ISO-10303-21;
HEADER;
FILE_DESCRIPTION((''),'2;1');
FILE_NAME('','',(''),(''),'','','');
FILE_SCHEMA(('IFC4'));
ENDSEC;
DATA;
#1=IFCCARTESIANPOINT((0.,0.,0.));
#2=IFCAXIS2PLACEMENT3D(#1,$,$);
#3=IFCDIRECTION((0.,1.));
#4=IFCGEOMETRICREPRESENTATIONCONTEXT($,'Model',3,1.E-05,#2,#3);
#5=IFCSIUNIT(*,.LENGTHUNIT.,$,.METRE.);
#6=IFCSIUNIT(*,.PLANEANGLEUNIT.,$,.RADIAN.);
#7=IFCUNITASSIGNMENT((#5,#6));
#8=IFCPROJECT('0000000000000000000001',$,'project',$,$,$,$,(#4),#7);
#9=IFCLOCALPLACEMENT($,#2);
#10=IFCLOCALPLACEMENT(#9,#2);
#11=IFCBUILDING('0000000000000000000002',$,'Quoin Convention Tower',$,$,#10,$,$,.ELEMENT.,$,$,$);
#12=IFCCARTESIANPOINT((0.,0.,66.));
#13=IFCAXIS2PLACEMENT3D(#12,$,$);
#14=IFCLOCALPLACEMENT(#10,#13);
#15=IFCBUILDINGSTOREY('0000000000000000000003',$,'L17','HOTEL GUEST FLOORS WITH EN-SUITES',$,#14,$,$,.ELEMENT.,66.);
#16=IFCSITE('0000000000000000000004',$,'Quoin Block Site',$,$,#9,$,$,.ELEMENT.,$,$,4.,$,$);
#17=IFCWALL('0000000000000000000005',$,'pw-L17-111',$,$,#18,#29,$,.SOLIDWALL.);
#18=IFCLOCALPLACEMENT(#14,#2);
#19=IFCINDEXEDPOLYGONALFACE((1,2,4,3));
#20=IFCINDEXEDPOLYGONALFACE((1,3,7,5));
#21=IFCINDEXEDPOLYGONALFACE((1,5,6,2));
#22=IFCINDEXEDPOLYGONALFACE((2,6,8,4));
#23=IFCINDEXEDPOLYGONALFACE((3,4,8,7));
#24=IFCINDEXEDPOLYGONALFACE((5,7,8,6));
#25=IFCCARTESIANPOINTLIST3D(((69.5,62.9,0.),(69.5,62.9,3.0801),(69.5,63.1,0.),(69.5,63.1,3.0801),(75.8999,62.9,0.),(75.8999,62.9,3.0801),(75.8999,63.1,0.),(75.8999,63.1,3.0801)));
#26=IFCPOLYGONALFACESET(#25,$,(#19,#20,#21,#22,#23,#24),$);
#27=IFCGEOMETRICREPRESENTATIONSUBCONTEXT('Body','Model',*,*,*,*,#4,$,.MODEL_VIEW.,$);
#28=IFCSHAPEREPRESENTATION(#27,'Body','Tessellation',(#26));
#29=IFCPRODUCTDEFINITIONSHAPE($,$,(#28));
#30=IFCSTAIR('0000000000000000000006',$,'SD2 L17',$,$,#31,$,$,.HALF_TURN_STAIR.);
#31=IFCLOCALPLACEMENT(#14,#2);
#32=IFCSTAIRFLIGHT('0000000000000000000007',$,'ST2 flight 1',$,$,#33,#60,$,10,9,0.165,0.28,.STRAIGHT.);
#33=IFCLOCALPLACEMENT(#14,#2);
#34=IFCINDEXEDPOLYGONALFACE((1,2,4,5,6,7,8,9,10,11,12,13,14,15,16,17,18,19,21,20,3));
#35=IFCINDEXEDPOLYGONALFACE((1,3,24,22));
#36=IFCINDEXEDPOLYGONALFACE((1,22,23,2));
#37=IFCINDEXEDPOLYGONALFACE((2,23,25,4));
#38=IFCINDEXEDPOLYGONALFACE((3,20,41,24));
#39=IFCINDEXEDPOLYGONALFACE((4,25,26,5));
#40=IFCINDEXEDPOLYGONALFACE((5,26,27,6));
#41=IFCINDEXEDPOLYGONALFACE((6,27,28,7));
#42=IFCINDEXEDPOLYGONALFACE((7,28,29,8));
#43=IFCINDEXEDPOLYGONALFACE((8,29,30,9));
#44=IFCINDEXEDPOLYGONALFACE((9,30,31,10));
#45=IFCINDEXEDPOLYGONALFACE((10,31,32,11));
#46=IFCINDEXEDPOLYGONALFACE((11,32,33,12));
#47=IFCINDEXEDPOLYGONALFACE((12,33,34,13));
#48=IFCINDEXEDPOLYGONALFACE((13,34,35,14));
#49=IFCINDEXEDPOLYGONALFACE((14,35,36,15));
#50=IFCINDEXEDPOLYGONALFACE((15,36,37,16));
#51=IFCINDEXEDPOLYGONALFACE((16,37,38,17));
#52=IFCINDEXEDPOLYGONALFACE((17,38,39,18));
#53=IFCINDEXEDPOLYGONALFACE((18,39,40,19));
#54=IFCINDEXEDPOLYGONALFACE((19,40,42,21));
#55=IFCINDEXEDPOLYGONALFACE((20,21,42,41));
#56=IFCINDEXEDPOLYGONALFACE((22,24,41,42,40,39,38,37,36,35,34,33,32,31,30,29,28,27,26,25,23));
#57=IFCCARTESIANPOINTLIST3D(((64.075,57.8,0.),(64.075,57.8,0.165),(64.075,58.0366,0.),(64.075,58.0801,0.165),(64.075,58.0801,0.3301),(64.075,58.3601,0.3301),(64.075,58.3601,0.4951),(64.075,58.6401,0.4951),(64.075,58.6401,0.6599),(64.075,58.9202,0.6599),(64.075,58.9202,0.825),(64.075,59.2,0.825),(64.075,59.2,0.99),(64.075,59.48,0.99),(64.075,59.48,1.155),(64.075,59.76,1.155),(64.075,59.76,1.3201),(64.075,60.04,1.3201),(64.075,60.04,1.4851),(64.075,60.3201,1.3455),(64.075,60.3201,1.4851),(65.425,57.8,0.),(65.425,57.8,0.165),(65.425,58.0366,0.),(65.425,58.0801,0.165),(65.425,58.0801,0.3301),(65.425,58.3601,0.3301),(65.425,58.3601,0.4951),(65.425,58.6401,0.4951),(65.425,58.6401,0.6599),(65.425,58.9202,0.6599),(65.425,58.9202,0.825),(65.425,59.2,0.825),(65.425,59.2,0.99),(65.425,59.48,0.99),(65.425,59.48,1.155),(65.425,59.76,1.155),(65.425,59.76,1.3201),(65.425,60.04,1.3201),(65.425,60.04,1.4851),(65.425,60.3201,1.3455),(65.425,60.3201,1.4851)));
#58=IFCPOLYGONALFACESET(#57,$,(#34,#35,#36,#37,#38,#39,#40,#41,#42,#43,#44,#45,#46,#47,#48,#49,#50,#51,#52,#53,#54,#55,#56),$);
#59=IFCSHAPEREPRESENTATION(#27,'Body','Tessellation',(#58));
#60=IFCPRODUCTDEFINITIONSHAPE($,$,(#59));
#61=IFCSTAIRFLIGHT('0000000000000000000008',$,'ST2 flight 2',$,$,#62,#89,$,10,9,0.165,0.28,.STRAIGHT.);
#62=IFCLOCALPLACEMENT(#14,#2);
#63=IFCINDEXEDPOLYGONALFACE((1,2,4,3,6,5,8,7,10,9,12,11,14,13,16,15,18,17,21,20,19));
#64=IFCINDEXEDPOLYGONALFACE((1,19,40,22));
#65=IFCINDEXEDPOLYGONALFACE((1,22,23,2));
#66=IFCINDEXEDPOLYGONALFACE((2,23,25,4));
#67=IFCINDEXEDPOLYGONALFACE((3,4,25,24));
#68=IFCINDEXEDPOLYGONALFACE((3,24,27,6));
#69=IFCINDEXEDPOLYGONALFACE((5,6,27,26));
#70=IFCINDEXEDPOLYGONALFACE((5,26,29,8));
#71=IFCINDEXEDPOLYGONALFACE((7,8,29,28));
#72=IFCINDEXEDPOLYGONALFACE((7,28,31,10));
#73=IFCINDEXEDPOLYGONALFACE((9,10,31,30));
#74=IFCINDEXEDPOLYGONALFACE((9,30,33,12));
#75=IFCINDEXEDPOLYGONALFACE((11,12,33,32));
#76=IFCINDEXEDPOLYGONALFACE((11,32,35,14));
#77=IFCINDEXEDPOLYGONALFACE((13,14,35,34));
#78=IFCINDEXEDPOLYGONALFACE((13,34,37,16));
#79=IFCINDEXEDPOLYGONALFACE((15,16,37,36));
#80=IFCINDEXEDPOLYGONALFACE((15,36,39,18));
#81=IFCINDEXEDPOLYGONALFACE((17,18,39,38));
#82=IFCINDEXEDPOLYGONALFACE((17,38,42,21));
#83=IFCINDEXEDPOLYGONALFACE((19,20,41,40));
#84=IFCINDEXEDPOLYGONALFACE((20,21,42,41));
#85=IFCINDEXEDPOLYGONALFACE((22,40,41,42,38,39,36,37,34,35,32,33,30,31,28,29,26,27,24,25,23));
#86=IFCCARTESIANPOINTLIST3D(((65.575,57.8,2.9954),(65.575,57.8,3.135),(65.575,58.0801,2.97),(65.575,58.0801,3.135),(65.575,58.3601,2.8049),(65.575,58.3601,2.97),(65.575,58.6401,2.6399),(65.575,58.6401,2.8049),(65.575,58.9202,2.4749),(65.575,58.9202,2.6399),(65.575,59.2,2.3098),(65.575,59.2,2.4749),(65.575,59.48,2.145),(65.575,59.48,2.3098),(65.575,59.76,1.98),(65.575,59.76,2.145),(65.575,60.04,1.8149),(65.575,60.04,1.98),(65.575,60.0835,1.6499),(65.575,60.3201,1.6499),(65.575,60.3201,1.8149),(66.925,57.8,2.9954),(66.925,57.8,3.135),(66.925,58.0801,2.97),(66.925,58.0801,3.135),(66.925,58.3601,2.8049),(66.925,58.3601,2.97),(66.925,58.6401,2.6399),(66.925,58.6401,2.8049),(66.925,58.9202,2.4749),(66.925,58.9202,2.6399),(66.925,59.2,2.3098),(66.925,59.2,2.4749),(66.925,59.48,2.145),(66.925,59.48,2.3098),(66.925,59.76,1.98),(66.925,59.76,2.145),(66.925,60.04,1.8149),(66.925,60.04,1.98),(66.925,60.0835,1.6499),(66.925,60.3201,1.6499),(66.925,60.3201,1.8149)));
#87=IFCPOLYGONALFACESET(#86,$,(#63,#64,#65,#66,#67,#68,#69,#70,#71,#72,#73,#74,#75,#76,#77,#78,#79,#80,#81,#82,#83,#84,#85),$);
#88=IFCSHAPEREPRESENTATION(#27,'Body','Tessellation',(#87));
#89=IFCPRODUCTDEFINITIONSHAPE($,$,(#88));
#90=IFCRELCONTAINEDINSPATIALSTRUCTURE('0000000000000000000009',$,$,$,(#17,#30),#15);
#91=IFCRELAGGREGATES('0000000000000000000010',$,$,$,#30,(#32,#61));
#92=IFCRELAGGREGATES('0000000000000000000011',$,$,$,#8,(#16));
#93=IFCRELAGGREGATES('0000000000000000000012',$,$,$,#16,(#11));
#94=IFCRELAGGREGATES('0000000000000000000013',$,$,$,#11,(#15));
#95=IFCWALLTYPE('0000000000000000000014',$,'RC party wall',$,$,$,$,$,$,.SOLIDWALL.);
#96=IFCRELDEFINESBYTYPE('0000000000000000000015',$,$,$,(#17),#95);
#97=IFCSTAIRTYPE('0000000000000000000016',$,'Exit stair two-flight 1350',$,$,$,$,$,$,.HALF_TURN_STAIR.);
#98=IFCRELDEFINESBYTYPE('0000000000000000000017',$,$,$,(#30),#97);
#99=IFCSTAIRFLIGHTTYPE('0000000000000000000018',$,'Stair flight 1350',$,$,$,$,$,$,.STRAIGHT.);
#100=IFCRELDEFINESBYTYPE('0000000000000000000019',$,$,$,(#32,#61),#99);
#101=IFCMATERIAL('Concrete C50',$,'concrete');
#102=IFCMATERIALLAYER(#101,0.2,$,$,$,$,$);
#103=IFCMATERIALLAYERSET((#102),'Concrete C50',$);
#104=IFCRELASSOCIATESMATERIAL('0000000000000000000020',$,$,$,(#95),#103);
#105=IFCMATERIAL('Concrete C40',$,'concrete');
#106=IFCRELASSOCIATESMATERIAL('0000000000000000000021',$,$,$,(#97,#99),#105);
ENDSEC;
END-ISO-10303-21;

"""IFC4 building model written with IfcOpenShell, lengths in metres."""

from ifc_helpers import new_model, si_unit, direction, frame, frame_2d, origin, place, context, subcontext, project, spatial, polyline, rectangle, outline, extrude, material, layer, layer_set, type_object, element, aggregate, save


model = new_model("IFC4")

# Units and contexts
model_context = context("Model", 3, precision=1e-05, world=origin(), true_north=direction((0.0, 1.0)))
body_context = subcontext(model_context, "Body", "Model", "MODEL_VIEW")
ifc_project = project(units=[si_unit("LENGTHUNIT", "METRE"), si_unit("PLANEANGLEUNIT", "RADIAN")], contexts=[model_context])

# Site, building, storey
site_placement = place(None, origin())
site = spatial("IfcSite", under=ifc_project, at=site_placement, Name="Quoin Block Site", CompositionType="ELEMENT", RefElevation=4.0)
building_placement = place(site_placement, origin())
building = spatial("IfcBuilding", under=site, at=building_placement, Name="Quoin Convention Tower", CompositionType="ELEMENT")
storey_placement = place(building_placement, frame((0.0, 0.0, 66.0)))
storey = spatial("IfcBuildingStorey", under=building, at=storey_placement, Name="L17", Description="HOTEL GUEST FLOORS WITH EN-SUITES", CompositionType="ELEMENT", Elevation=66.0)

# Shared definitions
ifc_material_1 = material(Name="Concrete C50", Category="concrete")

# Shared definitions
ifc_layer_1 = layer(ifc_material_1, 0.2)
ifc_layer_set_1 = layer_set([ifc_layer_1], Name="Concrete C50")
wall_type_1 = type_object("IfcWallType", Name="RC party wall", PredefinedType="SOLIDWALL", material=ifc_layer_set_1)

# Wall
wall_1_placement = place(storey_placement, frame((69.5, 63.0, 0.0), z_axis=(0.0, 0.0, 1.0), x_axis=(1.0, 0.0, 0.0)))
element("IfcWall", 1, at=wall_1_placement, inside=storey, type_object=wall_type_1, Name="pw-L17-111", PredefinedType="SOLIDWALL", context=body_context, shape_type="SweptSolid", body=[
    extrude(rectangle(XDim=6.3999, YDim=0.2, at=frame_2d((3.2, 0.0))), origin(), (0.0, 0.0, 1.0), 3.0801),
])

# Stair, stair flights
ifc_material_2 = material(Name="Concrete C40", Category="concrete")
stair_type = type_object("IfcStairType", Name="Exit stair two-flight 1350", PredefinedType="HALF_TURN_STAIR", material=ifc_material_2)
stair_placement = place(storey_placement, origin())
stair = element("IfcStair", 2, at=stair_placement, inside=storey, type_object=stair_type, Name="SD2 L17", PredefinedType="HALF_TURN_STAIR")
stair_flight_type = type_object("IfcStairFlightType", Name="Stair flight 1350", PredefinedType="STRAIGHT", material=ifc_material_2)
stair_flight_1_placement = place(storey_placement, frame((64.75, 57.8, 0.0), z_axis=(0.0, 0.0, 1.0), x_axis=(0.0, 1.0, 0.0)))
stair_flight_1 = element("IfcStairFlight", 3, at=stair_flight_1_placement, type_object=stair_flight_type, Name="ST2 flight 1", NumberOfRisers=10, NumberOfTreads=9, PredefinedType="STRAIGHT", RiserHeight=0.165, TreadLength=0.28, context=body_context, shape_type="SweptSolid", body=[
    extrude(outline(polyline([(0.0, 0.0), (0.0, 0.165), (0.28, 0.165), (0.28, 0.3301), (0.5601, 0.3301), (0.5601, 0.4951), (0.8401, 0.4951), (0.8401, 0.6599), (1.1201, 0.6599), (1.1201, 0.825), (1.3999, 0.825), (1.3999, 0.99), (1.6799, 0.99), (1.6799, 1.155), (1.96, 1.155), (1.96, 1.3201), (2.24, 1.3201), (2.24, 1.4851), (2.52, 1.4851), (2.52, 1.6499), (2.52, 1.3455), (0.2366, 0.0), (0.0, 0.0)])), frame((0.0, 0.675, 0.0), z_axis=(0.0, -1.0, 0.0), x_axis=(1.0, 0.0, 0.0)), (0.0, 0.0, 1.0), 1.3501),
])
stair_flight_2_placement = place(storey_placement, frame((66.25, 60.3201, 1.6499), z_axis=(0.0, 0.0, 1.0), x_axis=(0.0, -1.0, 0.0)))
stair_flight_2 = element("IfcStairFlight", 4, at=stair_flight_2_placement, type_object=stair_flight_type, Name="ST2 flight 2", NumberOfRisers=10, NumberOfTreads=9, PredefinedType="STRAIGHT", RiserHeight=0.165, TreadLength=0.28, context=body_context, shape_type="SweptSolid", body=[
    extrude(outline(polyline([(0.0, 0.0), (0.0, 0.165), (0.28, 0.165), (0.28, 0.3301), (0.5601, 0.3301), (0.5601, 0.4951), (0.8401, 0.4951), (0.8401, 0.6599), (1.1201, 0.6599), (1.1201, 0.825), (1.3999, 0.825), (1.3999, 0.99), (1.6799, 0.99), (1.6799, 1.155), (1.96, 1.155), (1.96, 1.3201), (2.24, 1.3201), (2.24, 1.4851), (2.52, 1.4851), (2.52, 1.6499), (2.52, 1.3455), (0.2366, 0.0), (0.0, 0.0)])), frame((0.0, 0.675, 0.0), z_axis=(0.0, -1.0, 0.0), x_axis=(1.0, 0.0, 0.0)), (0.0, 0.0, 1.0), 1.3501),
])
aggregate(stair, [stair_flight_1, stair_flight_2])

save(model, "model.ifc")
